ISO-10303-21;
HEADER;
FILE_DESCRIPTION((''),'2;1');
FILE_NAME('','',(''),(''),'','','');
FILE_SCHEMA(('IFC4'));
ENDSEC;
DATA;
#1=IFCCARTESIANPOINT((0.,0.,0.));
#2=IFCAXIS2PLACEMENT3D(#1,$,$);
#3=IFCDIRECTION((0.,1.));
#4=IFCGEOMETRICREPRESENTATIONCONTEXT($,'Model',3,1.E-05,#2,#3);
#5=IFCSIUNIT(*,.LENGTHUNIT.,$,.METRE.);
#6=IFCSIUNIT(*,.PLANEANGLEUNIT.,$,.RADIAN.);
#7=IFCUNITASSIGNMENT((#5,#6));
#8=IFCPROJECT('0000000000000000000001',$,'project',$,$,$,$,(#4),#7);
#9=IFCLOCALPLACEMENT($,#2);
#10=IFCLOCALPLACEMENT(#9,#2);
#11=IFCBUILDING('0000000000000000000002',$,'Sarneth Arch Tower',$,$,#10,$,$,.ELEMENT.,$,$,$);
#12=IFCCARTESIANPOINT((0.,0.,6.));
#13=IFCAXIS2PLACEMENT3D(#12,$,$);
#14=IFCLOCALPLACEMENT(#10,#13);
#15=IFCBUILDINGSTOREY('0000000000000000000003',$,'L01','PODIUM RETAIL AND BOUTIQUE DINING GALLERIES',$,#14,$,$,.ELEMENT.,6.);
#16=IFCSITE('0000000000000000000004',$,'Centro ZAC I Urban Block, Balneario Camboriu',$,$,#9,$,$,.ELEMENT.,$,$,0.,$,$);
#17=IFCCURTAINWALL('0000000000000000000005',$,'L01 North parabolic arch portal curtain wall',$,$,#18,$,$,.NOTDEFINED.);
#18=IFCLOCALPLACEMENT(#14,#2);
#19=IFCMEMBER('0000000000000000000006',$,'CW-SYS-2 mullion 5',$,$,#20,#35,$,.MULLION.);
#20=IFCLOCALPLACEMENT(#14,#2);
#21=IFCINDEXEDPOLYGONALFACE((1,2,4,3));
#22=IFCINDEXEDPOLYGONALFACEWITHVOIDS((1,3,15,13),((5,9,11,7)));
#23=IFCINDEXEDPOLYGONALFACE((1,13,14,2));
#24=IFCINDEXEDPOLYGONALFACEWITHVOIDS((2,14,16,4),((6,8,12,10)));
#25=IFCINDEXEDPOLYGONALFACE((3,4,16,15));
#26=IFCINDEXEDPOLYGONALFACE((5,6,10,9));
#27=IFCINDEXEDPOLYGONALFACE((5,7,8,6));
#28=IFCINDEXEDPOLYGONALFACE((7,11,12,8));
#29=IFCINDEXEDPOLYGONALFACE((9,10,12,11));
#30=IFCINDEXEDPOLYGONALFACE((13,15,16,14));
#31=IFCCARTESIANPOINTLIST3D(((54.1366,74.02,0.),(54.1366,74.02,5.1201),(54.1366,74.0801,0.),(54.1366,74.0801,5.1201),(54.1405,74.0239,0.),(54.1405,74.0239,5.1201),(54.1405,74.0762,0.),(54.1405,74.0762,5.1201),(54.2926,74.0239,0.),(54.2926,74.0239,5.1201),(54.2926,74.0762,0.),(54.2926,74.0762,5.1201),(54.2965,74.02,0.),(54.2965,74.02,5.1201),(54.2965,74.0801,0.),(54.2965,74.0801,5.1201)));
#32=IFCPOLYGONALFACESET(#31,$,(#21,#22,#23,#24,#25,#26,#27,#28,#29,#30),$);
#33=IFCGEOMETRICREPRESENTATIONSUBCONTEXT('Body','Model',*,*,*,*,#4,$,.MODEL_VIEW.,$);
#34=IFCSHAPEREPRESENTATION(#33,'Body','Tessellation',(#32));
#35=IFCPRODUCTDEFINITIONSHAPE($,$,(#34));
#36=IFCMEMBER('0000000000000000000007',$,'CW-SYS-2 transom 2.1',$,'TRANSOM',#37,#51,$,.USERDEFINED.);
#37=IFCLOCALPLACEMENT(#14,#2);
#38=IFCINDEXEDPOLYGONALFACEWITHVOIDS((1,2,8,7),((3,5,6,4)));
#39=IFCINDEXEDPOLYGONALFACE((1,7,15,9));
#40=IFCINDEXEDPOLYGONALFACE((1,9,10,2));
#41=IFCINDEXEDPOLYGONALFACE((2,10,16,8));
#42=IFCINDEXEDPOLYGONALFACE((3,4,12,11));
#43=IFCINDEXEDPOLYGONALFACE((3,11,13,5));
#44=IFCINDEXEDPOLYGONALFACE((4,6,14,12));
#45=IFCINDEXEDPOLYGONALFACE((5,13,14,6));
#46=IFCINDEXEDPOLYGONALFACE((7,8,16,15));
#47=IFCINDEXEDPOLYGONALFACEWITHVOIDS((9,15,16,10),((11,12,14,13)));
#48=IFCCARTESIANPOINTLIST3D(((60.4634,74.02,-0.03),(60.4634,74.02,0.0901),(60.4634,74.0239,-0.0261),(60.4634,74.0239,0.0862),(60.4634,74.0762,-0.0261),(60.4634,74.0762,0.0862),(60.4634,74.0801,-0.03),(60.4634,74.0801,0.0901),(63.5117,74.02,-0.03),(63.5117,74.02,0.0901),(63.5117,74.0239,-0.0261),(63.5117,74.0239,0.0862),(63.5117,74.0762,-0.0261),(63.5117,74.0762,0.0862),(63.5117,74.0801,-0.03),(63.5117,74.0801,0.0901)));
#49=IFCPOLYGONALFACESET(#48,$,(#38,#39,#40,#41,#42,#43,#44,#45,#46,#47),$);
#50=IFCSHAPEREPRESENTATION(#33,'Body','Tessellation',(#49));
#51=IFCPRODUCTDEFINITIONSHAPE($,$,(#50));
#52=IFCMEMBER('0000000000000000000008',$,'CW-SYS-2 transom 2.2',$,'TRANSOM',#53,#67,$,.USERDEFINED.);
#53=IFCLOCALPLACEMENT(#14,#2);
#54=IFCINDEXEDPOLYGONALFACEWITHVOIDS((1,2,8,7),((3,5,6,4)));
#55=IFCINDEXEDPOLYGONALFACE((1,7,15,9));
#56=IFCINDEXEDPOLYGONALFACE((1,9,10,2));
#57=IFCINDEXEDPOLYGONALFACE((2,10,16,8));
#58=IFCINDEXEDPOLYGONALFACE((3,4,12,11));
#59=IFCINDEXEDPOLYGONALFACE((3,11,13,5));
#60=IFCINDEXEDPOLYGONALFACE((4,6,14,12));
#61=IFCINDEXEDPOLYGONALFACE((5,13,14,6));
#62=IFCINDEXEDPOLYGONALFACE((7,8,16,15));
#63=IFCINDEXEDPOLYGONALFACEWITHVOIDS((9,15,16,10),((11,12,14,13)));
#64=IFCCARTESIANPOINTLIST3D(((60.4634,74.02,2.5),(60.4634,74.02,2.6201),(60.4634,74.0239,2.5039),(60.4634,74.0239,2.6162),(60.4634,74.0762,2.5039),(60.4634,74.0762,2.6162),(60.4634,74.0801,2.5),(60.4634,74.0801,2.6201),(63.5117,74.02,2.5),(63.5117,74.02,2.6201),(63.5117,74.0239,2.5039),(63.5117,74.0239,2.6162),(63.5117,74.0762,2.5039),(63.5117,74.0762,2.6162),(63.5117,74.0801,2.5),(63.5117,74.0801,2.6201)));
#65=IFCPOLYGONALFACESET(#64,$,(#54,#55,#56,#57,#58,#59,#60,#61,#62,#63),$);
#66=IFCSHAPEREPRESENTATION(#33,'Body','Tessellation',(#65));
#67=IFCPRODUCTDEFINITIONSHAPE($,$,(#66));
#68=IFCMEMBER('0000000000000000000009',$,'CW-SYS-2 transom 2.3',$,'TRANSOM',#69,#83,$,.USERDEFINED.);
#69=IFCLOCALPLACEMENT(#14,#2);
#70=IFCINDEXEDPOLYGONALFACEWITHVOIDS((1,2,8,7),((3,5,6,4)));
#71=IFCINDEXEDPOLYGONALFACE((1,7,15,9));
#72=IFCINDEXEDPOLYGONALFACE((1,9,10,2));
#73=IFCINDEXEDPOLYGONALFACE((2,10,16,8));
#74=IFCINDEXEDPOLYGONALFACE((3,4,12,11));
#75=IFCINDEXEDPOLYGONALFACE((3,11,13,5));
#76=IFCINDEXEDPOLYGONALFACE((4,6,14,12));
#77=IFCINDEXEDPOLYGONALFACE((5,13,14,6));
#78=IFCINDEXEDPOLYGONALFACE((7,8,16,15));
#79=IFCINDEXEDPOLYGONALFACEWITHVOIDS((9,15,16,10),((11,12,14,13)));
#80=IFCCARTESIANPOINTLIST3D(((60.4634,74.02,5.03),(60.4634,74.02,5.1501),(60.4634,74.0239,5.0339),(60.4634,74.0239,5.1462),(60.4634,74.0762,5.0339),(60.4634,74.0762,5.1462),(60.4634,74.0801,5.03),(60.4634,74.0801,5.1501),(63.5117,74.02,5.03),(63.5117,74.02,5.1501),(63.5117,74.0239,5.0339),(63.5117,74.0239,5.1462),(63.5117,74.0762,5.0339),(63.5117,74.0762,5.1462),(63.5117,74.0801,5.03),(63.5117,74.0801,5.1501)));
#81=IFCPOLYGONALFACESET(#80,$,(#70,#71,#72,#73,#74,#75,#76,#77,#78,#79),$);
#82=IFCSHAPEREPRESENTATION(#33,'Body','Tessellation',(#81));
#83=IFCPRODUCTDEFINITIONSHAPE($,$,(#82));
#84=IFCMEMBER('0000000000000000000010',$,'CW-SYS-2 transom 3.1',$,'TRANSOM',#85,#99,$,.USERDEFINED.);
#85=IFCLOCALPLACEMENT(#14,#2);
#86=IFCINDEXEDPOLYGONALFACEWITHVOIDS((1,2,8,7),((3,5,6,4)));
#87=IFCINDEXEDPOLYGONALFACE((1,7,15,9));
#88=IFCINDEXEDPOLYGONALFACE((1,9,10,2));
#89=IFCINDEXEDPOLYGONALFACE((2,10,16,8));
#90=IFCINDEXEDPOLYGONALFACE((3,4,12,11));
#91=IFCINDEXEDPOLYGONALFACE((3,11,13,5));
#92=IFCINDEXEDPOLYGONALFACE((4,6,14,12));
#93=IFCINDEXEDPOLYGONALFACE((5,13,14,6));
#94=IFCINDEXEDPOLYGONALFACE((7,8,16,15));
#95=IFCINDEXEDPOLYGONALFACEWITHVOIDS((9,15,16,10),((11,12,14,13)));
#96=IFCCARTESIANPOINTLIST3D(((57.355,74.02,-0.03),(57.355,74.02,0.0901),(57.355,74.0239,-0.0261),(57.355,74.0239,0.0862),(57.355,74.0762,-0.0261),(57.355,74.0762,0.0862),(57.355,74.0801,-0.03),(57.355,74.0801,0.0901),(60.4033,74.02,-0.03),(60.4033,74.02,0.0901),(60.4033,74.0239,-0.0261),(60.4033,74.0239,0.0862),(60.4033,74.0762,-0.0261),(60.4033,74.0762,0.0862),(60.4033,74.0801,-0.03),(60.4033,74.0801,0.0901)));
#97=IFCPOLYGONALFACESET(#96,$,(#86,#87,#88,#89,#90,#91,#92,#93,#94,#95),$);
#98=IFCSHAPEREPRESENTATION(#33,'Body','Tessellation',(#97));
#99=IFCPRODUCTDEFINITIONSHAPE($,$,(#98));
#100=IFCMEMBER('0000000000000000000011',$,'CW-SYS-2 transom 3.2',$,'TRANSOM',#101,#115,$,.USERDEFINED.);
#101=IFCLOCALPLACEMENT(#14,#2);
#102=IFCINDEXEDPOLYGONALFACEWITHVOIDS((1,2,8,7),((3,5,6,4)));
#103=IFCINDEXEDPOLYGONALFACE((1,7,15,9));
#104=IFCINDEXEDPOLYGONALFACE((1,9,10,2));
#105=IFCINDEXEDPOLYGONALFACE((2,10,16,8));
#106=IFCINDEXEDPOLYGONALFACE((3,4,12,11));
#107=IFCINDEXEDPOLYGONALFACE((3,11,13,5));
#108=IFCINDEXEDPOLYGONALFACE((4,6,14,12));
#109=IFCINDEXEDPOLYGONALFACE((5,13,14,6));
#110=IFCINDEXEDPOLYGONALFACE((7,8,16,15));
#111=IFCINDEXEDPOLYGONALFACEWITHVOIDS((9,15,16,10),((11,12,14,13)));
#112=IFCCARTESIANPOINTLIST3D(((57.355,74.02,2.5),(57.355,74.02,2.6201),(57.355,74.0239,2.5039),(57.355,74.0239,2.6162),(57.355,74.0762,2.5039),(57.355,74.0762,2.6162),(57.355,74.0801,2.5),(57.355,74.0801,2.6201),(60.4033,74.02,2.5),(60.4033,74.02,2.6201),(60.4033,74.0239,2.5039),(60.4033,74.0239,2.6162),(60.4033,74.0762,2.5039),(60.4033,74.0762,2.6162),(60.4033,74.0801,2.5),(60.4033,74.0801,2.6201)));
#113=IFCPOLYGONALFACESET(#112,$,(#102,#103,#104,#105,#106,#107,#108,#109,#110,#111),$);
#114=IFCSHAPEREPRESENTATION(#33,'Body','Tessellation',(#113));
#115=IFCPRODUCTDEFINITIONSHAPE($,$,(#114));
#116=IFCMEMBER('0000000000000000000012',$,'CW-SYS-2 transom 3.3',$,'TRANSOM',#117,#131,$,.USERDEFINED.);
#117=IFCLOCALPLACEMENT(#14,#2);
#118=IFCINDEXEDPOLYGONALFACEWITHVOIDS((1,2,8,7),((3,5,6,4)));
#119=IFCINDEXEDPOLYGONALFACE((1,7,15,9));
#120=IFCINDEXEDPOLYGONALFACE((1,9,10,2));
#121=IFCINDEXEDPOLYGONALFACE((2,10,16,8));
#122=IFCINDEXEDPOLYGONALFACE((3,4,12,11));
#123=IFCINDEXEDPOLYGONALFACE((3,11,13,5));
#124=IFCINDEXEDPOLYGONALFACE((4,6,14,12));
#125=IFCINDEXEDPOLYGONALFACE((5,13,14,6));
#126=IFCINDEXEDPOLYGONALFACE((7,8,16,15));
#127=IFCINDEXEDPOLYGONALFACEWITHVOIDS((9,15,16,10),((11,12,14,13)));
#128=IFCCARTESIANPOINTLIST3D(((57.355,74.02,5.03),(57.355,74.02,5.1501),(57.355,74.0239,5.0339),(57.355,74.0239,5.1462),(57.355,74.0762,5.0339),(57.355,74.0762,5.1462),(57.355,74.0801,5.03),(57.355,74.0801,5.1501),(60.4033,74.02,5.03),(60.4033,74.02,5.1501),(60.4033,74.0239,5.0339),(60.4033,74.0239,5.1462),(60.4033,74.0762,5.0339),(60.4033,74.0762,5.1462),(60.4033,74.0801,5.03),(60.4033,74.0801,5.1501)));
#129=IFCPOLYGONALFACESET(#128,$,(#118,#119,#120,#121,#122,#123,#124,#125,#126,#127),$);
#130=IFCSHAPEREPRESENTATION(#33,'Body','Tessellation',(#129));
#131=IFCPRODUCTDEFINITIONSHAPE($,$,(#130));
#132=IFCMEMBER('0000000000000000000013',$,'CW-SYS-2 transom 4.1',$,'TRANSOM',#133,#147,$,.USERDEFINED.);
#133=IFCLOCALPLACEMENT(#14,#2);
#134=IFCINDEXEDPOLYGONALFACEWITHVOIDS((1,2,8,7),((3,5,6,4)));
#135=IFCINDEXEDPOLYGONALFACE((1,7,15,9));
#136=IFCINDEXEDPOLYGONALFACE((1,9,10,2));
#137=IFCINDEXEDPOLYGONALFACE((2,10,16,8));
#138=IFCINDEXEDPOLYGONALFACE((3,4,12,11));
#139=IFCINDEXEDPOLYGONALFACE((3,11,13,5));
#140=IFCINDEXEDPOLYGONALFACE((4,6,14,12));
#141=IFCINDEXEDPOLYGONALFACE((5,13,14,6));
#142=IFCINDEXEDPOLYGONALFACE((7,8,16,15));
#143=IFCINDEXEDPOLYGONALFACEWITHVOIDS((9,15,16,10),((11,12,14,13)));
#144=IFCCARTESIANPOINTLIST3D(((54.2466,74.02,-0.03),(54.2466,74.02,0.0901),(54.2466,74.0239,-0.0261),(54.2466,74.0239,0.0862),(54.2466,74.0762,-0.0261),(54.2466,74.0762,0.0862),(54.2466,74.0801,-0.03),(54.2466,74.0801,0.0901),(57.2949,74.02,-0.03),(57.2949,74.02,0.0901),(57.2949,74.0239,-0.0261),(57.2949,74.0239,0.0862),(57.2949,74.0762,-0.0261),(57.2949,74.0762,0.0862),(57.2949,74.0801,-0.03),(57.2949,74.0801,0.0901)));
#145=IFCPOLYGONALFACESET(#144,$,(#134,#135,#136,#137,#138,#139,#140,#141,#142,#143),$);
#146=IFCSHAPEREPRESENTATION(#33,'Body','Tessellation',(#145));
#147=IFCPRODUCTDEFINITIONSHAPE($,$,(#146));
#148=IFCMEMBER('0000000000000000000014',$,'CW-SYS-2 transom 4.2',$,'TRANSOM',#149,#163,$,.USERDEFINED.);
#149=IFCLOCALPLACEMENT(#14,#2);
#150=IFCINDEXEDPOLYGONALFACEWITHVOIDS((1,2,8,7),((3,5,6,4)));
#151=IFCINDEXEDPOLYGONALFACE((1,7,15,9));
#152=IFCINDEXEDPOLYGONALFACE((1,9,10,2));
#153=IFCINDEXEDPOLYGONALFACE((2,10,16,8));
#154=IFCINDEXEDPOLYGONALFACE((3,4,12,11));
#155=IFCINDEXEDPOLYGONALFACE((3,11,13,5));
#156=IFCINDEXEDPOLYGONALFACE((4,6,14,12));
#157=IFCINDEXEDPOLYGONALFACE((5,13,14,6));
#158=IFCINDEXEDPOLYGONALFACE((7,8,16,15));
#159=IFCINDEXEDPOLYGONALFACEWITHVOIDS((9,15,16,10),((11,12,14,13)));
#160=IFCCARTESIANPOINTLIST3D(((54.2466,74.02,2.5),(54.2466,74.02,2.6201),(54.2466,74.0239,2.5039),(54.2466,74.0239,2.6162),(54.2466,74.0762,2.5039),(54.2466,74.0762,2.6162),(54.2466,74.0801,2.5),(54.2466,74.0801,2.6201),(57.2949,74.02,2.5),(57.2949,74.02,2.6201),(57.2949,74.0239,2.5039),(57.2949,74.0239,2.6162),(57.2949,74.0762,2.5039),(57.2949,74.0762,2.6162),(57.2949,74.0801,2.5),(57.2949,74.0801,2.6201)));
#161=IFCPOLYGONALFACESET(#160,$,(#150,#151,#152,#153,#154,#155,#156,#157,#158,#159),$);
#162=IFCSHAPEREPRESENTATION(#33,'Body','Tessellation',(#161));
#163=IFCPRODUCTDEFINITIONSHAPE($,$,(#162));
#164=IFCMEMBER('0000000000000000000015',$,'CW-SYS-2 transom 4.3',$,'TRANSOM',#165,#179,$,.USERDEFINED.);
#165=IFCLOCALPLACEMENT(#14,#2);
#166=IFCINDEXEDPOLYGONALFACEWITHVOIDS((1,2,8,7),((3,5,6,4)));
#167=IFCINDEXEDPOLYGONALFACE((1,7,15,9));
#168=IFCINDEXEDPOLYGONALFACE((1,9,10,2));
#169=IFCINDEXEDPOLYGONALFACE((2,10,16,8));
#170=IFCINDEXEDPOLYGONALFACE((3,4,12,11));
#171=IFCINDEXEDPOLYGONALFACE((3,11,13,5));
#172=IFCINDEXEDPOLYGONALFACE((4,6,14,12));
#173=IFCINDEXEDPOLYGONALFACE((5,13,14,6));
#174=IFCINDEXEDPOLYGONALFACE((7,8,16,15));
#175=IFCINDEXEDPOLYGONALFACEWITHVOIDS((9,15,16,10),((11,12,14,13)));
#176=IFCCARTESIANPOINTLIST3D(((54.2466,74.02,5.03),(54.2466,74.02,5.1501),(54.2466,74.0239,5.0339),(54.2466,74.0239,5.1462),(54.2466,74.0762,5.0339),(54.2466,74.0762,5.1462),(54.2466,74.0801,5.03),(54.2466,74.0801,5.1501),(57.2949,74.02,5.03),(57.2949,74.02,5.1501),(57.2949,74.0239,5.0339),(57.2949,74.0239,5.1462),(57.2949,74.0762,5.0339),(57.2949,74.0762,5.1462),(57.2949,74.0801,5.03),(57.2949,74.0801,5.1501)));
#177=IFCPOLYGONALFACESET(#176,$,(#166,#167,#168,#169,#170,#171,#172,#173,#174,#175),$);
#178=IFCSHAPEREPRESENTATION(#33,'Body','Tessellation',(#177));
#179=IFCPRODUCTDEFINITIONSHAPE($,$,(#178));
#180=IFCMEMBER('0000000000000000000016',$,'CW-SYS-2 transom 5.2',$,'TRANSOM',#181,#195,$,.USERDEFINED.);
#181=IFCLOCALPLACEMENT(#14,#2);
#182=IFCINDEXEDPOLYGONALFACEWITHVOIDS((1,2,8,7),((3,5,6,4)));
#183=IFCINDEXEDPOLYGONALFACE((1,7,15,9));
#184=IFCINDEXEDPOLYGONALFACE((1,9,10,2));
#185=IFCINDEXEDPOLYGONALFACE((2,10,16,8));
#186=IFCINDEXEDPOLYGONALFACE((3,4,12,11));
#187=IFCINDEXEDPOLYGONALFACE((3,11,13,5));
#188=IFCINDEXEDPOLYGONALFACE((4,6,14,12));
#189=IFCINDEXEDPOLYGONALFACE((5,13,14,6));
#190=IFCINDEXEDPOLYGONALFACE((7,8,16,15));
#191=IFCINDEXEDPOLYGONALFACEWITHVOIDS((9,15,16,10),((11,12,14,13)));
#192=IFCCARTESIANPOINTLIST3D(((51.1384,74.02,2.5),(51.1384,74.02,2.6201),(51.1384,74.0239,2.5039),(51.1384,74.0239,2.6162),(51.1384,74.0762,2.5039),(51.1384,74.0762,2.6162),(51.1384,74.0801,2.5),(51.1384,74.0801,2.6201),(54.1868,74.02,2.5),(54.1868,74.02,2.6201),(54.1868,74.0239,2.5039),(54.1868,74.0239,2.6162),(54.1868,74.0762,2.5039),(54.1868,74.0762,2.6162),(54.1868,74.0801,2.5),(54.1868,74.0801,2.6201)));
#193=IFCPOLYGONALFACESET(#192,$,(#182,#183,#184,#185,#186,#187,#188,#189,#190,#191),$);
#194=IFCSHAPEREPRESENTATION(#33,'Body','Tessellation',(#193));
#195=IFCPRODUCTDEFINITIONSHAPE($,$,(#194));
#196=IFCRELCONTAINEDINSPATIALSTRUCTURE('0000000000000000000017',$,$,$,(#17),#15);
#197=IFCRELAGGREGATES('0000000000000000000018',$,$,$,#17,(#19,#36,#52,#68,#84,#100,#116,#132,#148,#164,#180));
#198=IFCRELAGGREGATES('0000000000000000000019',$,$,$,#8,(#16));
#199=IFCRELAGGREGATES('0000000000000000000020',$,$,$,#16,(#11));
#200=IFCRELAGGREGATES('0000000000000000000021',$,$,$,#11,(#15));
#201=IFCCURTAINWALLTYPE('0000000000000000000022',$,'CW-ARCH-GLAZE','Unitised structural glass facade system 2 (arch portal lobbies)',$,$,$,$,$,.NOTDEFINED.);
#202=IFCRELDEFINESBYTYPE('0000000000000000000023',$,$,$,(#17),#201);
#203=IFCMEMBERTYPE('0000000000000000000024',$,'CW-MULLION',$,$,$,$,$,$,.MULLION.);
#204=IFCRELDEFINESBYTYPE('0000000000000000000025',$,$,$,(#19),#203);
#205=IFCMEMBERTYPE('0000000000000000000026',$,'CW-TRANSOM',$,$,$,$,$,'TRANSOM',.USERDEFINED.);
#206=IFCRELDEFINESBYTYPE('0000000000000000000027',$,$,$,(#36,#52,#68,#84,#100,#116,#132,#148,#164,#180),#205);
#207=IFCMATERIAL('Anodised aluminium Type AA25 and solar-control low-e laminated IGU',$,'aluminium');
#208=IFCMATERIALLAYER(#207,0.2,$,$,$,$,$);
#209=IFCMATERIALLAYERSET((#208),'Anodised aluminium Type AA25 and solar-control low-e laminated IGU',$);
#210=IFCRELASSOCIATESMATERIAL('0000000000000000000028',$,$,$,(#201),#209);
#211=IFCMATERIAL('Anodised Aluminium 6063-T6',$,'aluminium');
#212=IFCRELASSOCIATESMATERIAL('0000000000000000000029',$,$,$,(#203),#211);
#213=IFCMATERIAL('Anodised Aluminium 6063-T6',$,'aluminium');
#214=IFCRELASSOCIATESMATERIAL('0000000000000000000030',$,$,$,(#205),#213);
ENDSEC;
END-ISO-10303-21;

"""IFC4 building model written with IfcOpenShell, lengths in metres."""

from ifc_helpers import new_model, si_unit, direction, frame, origin, origin_2d, place, context, subcontext, project, spatial, hollow_rectangle, extrude, material, layer, layer_set, material_profile, profile_set, type_object, element, aggregate, save


model = new_model("IFC4")

# Units and contexts
model_context = context("Model", 3, precision=1e-05, world=origin(), true_north=direction((0.0, 1.0)))
body_context = subcontext(model_context, "Body", "Model", "MODEL_VIEW")
ifc_project = project(units=[si_unit("LENGTHUNIT", "METRE"), si_unit("PLANEANGLEUNIT", "RADIAN")], contexts=[model_context])

# Site, building, storey
site_placement = place(None, origin())
site = spatial("IfcSite", under=ifc_project, at=site_placement, Name="Centro ZAC I Urban Block, Balneario Camboriu", CompositionType="ELEMENT", RefElevation=0.0)
building_placement = place(site_placement, origin())
building = spatial("IfcBuilding", under=site, at=building_placement, Name="Sarneth Arch Tower", CompositionType="ELEMENT")
storey_placement = place(building_placement, frame((0.0, 0.0, 6.0)))
storey = spatial("IfcBuildingStorey", under=building, at=storey_placement, Name="L01", Description="PODIUM RETAIL AND BOUTIQUE DINING GALLERIES", CompositionType="ELEMENT", Elevation=6.0)

# Curtain wall, members
ifc_material_1 = material(Name="Anodised aluminium Type AA25 and solar-control low-e laminated IGU", Category="aluminium")
ifc_layer_1 = layer(ifc_material_1, 0.2)
ifc_layer_set_1 = layer_set([ifc_layer_1], Name="Anodised aluminium Type AA25 and solar-control low-e laminated IGU")
curtain_wall_type = type_object("IfcCurtainWallType", Name="CW-ARCH-GLAZE", Description="Unitised structural glass facade system 2 (arch portal lobbies)", PredefinedType="NOTDEFINED", material=ifc_layer_set_1)
curtain_wall_placement = place(storey_placement, origin())
curtain_wall = element("IfcCurtainWall", 1, at=curtain_wall_placement, inside=storey, type_object=curtain_wall_type, Name="L01 North parabolic arch portal curtain wall", PredefinedType="NOTDEFINED")
ifc_material_2 = material(Name="Anodised Aluminium 6063-T6", Category="aluminium")
ifc_material_profile_1 = material_profile(ifc_material_2, hollow_rectangle(XDim=0.0601, YDim=0.1599, WallThickness=0.0039, at=origin_2d()), Name="AL-MULL-160x60x4")
ifc_profile_set_1 = profile_set([ifc_material_profile_1], Name="Anodised Aluminium 6063-T6")
member_type_1 = type_object("IfcMemberType", Name="CW-MULLION", PredefinedType="MULLION", material=ifc_profile_set_1)
member_1_placement = place(storey_placement, frame((54.2166, 74.05, 0.0), z_axis=(0.0, 0.0, 1.0), x_axis=(0.0, -1.0, 0.0)))
member_1 = element("IfcMember", 2, at=member_1_placement, type_object=member_type_1, Name="CW-SYS-2 mullion 5", PredefinedType="MULLION", context=body_context, shape_type="SweptSolid", body=[
    extrude(hollow_rectangle(XDim=0.0601, YDim=0.1599, WallThickness=0.0039, at=origin_2d()), origin(), (0.0, 0.0, 1.0), 5.1201),
])
ifc_material_3 = material(Name="Anodised Aluminium 6063-T6", Category="aluminium")
ifc_material_profile_2 = material_profile(ifc_material_3, hollow_rectangle(XDim=0.0601, YDim=0.1201, WallThickness=0.0039, at=origin_2d()), Name="AL-TRAN-120x60x4")
ifc_profile_set_2 = profile_set([ifc_material_profile_2], Name="Anodised Aluminium 6063-T6")
member_type_2 = type_object("IfcMemberType", Name="CW-TRANSOM", ElementType="TRANSOM", PredefinedType="USERDEFINED", material=ifc_profile_set_2)
member_2_placement = place(storey_placement, frame((63.5117, 74.05, 0.03), z_axis=(-1.0, 0.0, 0.0), x_axis=(0.0, -1.0, 0.0)))
member_2 = element("IfcMember", 3, at=member_2_placement, type_object=member_type_2, Name="CW-SYS-2 transom 2.1", ObjectType="TRANSOM", PredefinedType="USERDEFINED", context=body_context, shape_type="SweptSolid", body=[
    extrude(hollow_rectangle(XDim=0.0601, YDim=0.1201, WallThickness=0.0039, at=origin_2d()), origin(), (0.0, 0.0, 1.0), 3.0483),
])
member_3_placement = place(storey_placement, frame((63.5117, 74.05, 2.5601), z_axis=(-1.0, 0.0, 0.0), x_axis=(0.0, -1.0, 0.0)))
member_3 = element("IfcMember", 4, at=member_3_placement, type_object=member_type_2, Name="CW-SYS-2 transom 2.2", ObjectType="TRANSOM", PredefinedType="USERDEFINED", context=body_context, shape_type="SweptSolid", body=[
    extrude(hollow_rectangle(XDim=0.0601, YDim=0.1201, WallThickness=0.0039, at=origin_2d()), origin(), (0.0, 0.0, 1.0), 3.0483),
])
member_4_placement = place(storey_placement, frame((63.5117, 74.05, 5.0901), z_axis=(-1.0, 0.0, 0.0), x_axis=(0.0, -1.0, 0.0)))
member_4 = element("IfcMember", 5, at=member_4_placement, type_object=member_type_2, Name="CW-SYS-2 transom 2.3", ObjectType="TRANSOM", PredefinedType="USERDEFINED", context=body_context, shape_type="SweptSolid", body=[
    extrude(hollow_rectangle(XDim=0.0601, YDim=0.1201, WallThickness=0.0039, at=origin_2d()), origin(), (0.0, 0.0, 1.0), 3.0483),
])
member_5_placement = place(storey_placement, frame((60.4033, 74.05, 0.03), z_axis=(-1.0, 0.0, 0.0), x_axis=(0.0, -1.0, 0.0)))
member_5 = element("IfcMember", 6, at=member_5_placement, type_object=member_type_2, Name="CW-SYS-2 transom 3.1", ObjectType="TRANSOM", PredefinedType="USERDEFINED", context=body_context, shape_type="SweptSolid", body=[
    extrude(hollow_rectangle(XDim=0.0601, YDim=0.1201, WallThickness=0.0039, at=origin_2d()), origin(), (0.0, 0.0, 1.0), 3.0483),
])
member_6_placement = place(storey_placement, frame((60.4033, 74.05, 2.5601), z_axis=(-1.0, 0.0, 0.0), x_axis=(0.0, -1.0, 0.0)))
member_6 = element("IfcMember", 7, at=member_6_placement, type_object=member_type_2, Name="CW-SYS-2 transom 3.2", ObjectType="TRANSOM", PredefinedType="USERDEFINED", context=body_context, shape_type="SweptSolid", body=[
    extrude(hollow_rectangle(XDim=0.0601, YDim=0.1201, WallThickness=0.0039, at=origin_2d()), origin(), (0.0, 0.0, 1.0), 3.0483),
])
member_7_placement = place(storey_placement, frame((60.4033, 74.05, 5.0901), z_axis=(-1.0, 0.0, 0.0), x_axis=(0.0, -1.0, 0.0)))
member_7 = element("IfcMember", 8, at=member_7_placement, type_object=member_type_2, Name="CW-SYS-2 transom 3.3", ObjectType="TRANSOM", PredefinedType="USERDEFINED", context=body_context, shape_type="SweptSolid", body=[
    extrude(hollow_rectangle(XDim=0.0601, YDim=0.1201, WallThickness=0.0039, at=origin_2d()), origin(), (0.0, 0.0, 1.0), 3.0483),
])
member_8_placement = place(storey_placement, frame((57.2949, 74.05, 0.03), z_axis=(-1.0, 0.0, 0.0), x_axis=(0.0, -1.0, 0.0)))
member_8 = element("IfcMember", 9, at=member_8_placement, type_object=member_type_2, Name="CW-SYS-2 transom 4.1", ObjectType="TRANSOM", PredefinedType="USERDEFINED", context=body_context, shape_type="SweptSolid", body=[
    extrude(hollow_rectangle(XDim=0.0601, YDim=0.1201, WallThickness=0.0039, at=origin_2d()), origin(), (0.0, 0.0, 1.0), 3.0483),
])
member_9_placement = place(storey_placement, frame((57.2949, 74.05, 2.5601), z_axis=(-1.0, 0.0, 0.0), x_axis=(0.0, -1.0, 0.0)))
member_9 = element("IfcMember", 10, at=member_9_placement, type_object=member_type_2, Name="CW-SYS-2 transom 4.2", ObjectType="TRANSOM", PredefinedType="USERDEFINED", context=body_context, shape_type="SweptSolid", body=[
    extrude(hollow_rectangle(XDim=0.0601, YDim=0.1201, WallThickness=0.0039, at=origin_2d()), origin(), (0.0, 0.0, 1.0), 3.0483),
])
member_10_placement = place(storey_placement, frame((57.2949, 74.05, 5.0901), z_axis=(-1.0, 0.0, 0.0), x_axis=(0.0, -1.0, 0.0)))
member_10 = element("IfcMember", 11, at=member_10_placement, type_object=member_type_2, Name="CW-SYS-2 transom 4.3", ObjectType="TRANSOM", PredefinedType="USERDEFINED", context=body_context, shape_type="SweptSolid", body=[
    extrude(hollow_rectangle(XDim=0.0601, YDim=0.1201, WallThickness=0.0039, at=origin_2d()), origin(), (0.0, 0.0, 1.0), 3.0483),
])
member_11_placement = place(storey_placement, frame((54.1868, 74.05, 2.5601), z_axis=(-1.0, 0.0, 0.0), x_axis=(0.0, -1.0, 0.0)))
member_11 = element("IfcMember", 12, at=member_11_placement, type_object=member_type_2, Name="CW-SYS-2 transom 5.2", ObjectType="TRANSOM", PredefinedType="USERDEFINED", context=body_context, shape_type="SweptSolid", body=[
    extrude(hollow_rectangle(XDim=0.0601, YDim=0.1201, WallThickness=0.0039, at=origin_2d()), origin(), (0.0, 0.0, 1.0), 3.0483),
])

aggregate(curtain_wall, [member_1, member_2, member_3, member_4, member_5, member_6, member_7, member_8, member_9, member_10, member_11])

save(model, "model.ifc")
